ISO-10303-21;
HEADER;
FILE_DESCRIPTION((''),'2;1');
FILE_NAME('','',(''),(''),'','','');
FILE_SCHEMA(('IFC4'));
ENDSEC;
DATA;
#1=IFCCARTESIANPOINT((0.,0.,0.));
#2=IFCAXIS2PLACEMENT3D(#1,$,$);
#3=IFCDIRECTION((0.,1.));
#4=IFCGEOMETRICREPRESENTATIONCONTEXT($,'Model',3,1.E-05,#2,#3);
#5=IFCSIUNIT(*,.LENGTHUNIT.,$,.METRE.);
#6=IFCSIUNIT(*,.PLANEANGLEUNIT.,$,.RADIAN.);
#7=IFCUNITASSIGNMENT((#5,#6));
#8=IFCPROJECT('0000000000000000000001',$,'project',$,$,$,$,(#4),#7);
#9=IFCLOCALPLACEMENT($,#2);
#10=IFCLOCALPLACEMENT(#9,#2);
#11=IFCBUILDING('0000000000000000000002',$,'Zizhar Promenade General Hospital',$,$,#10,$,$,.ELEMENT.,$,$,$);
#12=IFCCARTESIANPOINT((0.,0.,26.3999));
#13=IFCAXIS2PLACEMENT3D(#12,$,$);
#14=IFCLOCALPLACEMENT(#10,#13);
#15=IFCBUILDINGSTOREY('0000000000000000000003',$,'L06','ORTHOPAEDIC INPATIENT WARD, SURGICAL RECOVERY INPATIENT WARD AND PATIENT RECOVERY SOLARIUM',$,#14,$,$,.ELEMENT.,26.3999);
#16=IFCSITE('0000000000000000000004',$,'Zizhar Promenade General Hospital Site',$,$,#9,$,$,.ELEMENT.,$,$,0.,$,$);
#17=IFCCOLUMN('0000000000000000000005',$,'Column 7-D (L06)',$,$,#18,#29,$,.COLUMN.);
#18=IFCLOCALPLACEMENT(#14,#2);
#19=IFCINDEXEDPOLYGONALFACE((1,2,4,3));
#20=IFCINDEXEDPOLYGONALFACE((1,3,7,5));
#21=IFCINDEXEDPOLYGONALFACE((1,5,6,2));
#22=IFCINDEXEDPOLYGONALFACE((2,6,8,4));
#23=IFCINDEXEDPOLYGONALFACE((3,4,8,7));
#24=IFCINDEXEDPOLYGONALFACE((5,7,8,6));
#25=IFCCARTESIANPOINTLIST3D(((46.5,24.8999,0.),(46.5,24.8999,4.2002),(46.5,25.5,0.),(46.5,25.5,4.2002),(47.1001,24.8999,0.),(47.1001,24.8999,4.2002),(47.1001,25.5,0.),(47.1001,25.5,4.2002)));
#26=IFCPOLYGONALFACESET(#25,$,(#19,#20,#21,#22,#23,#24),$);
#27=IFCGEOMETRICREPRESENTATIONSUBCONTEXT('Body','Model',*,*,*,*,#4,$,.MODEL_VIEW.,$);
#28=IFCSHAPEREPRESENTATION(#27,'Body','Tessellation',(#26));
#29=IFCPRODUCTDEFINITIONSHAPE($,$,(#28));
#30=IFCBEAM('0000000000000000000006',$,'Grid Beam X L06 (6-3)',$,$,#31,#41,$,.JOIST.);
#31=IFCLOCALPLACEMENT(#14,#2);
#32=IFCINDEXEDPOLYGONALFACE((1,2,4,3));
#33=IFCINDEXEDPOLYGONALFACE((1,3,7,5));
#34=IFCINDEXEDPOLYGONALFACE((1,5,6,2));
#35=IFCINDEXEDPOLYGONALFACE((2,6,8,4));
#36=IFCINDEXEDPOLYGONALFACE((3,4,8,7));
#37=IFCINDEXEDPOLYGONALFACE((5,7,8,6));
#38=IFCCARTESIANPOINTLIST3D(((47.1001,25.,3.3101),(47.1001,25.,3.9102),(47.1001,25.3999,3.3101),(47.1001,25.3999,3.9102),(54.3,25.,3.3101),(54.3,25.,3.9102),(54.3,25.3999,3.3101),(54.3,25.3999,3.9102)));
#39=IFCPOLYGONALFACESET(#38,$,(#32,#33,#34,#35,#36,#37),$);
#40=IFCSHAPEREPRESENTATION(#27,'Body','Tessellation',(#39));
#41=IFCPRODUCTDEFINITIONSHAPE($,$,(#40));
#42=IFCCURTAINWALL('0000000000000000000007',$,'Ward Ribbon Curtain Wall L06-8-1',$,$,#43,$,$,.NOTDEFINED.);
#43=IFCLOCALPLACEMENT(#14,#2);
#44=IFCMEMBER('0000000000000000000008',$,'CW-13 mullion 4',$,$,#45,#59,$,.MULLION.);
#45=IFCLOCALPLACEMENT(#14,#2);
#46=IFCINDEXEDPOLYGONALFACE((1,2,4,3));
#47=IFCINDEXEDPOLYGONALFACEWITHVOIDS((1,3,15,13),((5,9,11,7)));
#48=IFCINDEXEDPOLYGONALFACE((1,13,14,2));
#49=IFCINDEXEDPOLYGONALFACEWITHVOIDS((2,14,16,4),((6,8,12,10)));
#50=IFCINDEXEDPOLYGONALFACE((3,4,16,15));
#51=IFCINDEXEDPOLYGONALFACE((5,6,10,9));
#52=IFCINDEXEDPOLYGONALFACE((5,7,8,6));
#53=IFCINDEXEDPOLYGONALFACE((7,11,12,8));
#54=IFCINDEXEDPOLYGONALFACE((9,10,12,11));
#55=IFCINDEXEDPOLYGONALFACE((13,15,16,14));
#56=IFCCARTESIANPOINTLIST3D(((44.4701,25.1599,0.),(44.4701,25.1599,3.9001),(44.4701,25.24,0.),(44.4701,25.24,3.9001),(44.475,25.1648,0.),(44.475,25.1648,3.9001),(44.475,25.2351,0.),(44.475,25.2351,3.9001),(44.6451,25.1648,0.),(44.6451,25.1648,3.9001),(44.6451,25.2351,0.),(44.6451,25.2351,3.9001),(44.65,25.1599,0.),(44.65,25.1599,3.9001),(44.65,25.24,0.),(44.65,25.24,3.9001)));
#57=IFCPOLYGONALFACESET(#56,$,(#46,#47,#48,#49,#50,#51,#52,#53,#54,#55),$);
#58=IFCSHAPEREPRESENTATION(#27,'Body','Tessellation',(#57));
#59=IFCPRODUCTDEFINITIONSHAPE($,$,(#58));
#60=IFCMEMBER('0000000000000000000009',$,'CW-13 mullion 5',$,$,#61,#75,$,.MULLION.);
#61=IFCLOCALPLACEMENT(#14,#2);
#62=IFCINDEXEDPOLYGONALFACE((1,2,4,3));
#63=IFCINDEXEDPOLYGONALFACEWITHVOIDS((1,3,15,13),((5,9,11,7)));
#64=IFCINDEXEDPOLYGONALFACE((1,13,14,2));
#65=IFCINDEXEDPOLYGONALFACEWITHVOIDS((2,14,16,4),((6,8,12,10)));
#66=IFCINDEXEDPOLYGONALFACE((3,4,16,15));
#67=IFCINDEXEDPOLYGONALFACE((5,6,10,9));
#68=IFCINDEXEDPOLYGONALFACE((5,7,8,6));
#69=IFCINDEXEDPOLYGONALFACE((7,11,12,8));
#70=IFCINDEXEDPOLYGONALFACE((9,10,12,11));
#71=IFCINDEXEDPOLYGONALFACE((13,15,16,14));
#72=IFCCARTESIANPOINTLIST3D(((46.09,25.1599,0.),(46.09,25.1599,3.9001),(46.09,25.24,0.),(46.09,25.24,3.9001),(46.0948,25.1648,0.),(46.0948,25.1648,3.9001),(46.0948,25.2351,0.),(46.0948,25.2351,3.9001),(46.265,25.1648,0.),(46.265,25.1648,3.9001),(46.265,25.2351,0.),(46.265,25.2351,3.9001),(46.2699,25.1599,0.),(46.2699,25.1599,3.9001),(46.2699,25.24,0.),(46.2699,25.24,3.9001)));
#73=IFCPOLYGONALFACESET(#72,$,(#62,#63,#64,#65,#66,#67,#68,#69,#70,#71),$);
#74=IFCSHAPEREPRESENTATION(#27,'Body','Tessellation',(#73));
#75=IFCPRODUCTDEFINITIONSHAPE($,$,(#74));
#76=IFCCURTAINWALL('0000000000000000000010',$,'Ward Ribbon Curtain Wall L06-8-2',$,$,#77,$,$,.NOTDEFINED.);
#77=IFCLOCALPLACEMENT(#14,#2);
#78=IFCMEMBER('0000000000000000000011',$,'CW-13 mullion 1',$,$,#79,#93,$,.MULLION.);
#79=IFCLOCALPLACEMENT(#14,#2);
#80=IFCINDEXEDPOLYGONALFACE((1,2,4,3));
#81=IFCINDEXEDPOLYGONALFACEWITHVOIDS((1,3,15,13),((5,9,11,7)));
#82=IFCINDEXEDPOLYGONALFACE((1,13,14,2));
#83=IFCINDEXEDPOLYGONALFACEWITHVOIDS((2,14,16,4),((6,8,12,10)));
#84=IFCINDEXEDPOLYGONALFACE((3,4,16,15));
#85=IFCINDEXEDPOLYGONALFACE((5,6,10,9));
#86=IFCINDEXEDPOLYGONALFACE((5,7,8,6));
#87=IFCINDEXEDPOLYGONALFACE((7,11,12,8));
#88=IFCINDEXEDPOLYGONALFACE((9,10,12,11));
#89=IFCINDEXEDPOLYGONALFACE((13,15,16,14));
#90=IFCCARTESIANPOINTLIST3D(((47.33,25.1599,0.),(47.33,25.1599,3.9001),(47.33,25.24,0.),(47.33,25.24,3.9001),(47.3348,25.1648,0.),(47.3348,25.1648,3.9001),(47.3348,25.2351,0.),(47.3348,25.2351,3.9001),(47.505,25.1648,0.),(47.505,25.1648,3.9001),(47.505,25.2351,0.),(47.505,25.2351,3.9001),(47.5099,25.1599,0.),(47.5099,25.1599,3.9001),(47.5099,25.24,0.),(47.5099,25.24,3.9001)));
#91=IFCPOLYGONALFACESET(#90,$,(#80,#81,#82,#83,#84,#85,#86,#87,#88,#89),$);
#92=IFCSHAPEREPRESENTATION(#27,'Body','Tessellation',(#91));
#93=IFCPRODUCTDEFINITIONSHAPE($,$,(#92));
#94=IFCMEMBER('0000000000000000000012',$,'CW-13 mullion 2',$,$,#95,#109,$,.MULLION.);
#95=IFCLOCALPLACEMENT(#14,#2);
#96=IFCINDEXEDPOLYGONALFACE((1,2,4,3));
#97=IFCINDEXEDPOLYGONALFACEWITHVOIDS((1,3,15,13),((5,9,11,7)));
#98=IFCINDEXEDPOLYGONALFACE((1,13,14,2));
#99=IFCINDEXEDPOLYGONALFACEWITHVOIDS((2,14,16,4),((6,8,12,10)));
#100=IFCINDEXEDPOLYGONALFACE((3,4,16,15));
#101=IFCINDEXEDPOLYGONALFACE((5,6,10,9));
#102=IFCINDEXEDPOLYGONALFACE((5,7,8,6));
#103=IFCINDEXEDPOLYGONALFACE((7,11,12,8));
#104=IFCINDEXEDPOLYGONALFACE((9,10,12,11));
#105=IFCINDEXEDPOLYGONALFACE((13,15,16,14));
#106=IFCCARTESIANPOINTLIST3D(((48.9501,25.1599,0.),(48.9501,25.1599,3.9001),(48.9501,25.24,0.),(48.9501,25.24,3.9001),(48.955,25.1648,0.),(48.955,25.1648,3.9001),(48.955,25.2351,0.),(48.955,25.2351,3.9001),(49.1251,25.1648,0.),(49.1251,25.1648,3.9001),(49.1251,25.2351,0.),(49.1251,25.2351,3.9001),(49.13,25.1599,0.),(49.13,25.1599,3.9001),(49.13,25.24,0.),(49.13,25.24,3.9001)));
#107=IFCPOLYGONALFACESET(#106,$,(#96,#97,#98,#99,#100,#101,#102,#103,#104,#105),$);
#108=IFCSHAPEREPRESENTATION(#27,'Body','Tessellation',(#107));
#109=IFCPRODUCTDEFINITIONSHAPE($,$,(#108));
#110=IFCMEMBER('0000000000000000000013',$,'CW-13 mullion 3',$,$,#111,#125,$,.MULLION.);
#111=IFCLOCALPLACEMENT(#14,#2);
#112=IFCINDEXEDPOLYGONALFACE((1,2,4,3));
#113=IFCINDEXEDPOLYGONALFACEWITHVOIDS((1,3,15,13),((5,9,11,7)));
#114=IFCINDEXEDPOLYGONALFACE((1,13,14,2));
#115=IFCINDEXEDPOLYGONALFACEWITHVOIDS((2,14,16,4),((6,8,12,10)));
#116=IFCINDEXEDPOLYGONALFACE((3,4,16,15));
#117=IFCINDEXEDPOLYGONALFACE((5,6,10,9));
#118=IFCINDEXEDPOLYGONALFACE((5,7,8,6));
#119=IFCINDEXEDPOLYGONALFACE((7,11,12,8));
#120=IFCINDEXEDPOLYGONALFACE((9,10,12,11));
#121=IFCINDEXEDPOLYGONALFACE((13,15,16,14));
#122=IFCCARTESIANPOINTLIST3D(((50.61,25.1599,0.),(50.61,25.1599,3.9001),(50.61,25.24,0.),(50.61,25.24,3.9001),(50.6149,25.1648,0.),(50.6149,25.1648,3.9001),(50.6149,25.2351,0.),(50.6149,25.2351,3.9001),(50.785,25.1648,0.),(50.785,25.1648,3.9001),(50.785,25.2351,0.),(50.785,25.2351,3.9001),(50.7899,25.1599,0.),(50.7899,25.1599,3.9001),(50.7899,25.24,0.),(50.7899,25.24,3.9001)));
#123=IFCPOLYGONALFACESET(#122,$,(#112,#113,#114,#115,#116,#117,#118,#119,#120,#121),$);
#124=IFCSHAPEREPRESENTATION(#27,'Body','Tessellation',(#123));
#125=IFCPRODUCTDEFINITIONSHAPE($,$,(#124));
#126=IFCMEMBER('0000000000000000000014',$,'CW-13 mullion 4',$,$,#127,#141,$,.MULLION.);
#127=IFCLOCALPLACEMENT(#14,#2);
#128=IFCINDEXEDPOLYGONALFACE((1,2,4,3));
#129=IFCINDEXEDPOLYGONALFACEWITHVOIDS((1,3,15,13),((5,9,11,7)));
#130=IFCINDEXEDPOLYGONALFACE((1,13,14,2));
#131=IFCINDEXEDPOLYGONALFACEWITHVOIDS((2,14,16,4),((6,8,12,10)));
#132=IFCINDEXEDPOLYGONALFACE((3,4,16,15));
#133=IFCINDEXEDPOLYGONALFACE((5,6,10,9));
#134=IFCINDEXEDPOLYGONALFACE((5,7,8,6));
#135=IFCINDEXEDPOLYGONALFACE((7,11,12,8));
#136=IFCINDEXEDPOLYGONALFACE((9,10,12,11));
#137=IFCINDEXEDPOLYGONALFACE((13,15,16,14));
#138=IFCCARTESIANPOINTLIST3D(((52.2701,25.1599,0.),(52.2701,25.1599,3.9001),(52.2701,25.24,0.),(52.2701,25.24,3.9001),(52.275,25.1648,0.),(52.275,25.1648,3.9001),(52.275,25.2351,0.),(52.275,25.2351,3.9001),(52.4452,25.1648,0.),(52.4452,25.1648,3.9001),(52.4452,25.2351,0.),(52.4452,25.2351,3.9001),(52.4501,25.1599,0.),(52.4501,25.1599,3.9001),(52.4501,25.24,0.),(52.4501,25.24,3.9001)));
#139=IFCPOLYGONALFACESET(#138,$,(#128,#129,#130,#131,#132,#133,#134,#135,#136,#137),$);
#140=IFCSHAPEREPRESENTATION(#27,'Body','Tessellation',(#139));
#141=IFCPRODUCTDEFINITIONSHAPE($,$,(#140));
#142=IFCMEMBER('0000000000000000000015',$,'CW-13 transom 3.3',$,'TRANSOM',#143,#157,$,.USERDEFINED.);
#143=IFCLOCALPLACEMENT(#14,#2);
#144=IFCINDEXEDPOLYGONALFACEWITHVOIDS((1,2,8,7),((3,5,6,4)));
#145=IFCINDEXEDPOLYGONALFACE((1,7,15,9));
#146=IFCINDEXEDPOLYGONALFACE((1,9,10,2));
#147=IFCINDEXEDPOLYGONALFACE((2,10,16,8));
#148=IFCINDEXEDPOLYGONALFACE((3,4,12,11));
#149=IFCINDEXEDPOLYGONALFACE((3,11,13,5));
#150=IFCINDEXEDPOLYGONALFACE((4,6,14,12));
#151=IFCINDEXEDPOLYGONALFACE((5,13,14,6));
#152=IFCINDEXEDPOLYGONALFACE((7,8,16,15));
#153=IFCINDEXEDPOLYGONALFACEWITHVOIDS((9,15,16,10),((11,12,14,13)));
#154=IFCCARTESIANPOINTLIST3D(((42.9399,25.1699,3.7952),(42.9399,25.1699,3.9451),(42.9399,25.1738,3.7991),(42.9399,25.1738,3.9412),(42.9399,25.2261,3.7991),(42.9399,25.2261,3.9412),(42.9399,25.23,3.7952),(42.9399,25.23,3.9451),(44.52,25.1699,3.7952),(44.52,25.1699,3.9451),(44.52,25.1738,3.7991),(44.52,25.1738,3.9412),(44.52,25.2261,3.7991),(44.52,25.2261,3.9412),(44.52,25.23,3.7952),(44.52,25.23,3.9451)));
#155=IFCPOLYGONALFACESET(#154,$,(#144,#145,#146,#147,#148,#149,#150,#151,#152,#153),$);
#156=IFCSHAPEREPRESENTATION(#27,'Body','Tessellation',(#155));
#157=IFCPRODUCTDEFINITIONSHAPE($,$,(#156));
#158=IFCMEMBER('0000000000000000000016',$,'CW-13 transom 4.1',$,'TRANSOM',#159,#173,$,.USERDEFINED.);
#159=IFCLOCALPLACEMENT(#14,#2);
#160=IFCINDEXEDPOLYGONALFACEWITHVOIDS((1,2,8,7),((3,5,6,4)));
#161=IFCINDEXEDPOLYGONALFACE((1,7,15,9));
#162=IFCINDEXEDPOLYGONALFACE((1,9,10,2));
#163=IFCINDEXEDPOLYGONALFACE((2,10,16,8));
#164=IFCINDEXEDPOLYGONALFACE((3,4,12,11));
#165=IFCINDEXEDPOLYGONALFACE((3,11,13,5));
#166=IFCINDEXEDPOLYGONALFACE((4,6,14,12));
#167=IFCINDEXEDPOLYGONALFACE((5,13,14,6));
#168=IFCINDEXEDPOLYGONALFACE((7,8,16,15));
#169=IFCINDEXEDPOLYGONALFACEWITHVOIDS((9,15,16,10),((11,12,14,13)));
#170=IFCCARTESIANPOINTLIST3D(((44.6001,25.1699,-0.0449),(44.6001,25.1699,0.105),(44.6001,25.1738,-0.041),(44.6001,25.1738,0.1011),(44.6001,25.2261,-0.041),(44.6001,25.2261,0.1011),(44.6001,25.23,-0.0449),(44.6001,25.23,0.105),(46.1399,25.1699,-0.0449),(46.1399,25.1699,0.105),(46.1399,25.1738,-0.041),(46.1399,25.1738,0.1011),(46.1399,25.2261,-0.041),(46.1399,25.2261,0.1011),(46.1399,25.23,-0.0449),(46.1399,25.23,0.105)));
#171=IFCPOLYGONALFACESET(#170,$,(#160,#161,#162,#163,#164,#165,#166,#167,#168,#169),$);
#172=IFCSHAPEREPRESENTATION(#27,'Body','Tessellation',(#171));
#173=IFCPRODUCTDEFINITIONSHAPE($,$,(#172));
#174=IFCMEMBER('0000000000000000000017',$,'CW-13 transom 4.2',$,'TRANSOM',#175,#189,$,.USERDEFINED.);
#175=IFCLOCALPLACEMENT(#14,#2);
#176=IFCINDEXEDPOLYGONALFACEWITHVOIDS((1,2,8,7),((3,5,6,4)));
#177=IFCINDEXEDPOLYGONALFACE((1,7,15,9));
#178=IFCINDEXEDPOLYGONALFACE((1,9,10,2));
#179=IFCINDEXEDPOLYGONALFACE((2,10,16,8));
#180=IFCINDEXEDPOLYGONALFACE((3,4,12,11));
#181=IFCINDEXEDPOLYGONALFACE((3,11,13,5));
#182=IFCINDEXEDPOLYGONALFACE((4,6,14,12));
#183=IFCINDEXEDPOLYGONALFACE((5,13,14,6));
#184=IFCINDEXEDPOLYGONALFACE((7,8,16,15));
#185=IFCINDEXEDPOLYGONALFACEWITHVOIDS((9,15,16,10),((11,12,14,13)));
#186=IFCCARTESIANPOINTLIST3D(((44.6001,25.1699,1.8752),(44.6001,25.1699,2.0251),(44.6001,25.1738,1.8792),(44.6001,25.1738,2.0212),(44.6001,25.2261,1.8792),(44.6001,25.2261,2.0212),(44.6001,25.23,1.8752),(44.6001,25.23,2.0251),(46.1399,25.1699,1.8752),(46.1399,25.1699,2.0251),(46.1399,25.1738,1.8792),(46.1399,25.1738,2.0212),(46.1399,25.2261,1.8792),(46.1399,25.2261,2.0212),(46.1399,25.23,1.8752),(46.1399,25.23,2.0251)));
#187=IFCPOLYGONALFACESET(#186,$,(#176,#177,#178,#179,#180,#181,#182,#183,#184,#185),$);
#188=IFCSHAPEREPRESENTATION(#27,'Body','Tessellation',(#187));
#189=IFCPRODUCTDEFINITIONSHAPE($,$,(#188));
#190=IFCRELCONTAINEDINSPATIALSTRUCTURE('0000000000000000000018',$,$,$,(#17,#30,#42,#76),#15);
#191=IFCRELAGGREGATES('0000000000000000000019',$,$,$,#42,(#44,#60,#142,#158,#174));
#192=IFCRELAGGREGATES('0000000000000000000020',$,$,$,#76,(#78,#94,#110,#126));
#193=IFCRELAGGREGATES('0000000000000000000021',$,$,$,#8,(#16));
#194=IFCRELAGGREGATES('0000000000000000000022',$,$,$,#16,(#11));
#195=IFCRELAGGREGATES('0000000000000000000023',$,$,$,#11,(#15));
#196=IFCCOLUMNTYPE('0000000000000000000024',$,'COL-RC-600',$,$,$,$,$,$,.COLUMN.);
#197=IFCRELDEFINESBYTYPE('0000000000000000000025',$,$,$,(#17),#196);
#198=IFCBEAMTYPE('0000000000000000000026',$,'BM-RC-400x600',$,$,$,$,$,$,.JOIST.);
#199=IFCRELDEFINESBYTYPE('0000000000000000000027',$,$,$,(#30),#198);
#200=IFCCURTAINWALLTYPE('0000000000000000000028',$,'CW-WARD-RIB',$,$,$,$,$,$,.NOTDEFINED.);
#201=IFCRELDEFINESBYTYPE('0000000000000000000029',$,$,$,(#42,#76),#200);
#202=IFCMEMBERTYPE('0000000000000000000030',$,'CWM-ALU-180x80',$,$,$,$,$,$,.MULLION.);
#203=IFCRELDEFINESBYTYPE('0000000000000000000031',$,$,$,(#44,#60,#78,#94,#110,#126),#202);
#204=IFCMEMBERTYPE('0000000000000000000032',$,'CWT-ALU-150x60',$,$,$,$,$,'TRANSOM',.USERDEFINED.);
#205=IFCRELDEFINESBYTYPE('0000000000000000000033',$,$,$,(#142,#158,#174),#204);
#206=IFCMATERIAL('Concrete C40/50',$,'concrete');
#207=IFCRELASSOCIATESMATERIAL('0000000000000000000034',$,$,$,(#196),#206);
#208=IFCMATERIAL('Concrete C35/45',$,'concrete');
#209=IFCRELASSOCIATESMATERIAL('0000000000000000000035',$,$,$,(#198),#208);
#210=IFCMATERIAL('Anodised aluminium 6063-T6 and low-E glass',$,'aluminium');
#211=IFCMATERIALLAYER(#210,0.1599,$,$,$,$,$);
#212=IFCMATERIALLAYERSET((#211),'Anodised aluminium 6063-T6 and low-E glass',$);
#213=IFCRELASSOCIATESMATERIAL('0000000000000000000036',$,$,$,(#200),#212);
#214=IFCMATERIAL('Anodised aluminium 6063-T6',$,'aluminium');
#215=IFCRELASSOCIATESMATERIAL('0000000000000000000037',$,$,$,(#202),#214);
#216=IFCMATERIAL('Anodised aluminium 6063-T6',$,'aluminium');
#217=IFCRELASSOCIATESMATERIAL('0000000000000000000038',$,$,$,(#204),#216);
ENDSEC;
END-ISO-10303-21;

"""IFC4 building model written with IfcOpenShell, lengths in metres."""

from ifc_helpers import new_model, si_unit, direction, frame, origin, origin_2d, place, context, subcontext, project, spatial, rectangle, hollow_rectangle, extrude, material, layer, layer_set, material_profile, profile_set, type_object, element, aggregate, save


model = new_model("IFC4")

# Units and contexts
model_context = context("Model", 3, precision=1e-05, world=origin(), true_north=direction((0.0, 1.0)))
body_context = subcontext(model_context, "Body", "Model", "MODEL_VIEW")
ifc_project = project(units=[si_unit("LENGTHUNIT", "METRE"), si_unit("PLANEANGLEUNIT", "RADIAN")], contexts=[model_context])

# Site, building, storey
site_placement = place(None, origin())
site = spatial("IfcSite", under=ifc_project, at=site_placement, Name="Zizhar Promenade General Hospital Site", CompositionType="ELEMENT", RefElevation=0.0)
building_placement = place(site_placement, origin())
building = spatial("IfcBuilding", under=site, at=building_placement, Name="Zizhar Promenade General Hospital", CompositionType="ELEMENT")
storey_placement = place(building_placement, frame((0.0, 0.0, 26.3999)))
storey = spatial("IfcBuildingStorey", under=building, at=storey_placement, Name="L06", Description="ORTHOPAEDIC INPATIENT WARD, SURGICAL RECOVERY INPATIENT WARD AND PATIENT RECOVERY SOLARIUM", CompositionType="ELEMENT", Elevation=26.3999)

# Column
ifc_material_1 = material(Name="Concrete C40/50", Category="concrete")
ifc_material_profile_1 = material_profile(ifc_material_1, rectangle(XDim=0.6001, YDim=0.6001, at=origin_2d()))
ifc_profile_set_1 = profile_set([ifc_material_profile_1], Name="Concrete C40/50")
column_type = type_object("IfcColumnType", Name="COL-RC-600", PredefinedType="COLUMN", material=ifc_profile_set_1)
column_placement = place(storey_placement, frame((46.8, 25.2, 0.0), z_axis=(0.0, 0.0, 1.0), x_axis=(1.0, 0.0, 0.0)))
element("IfcColumn", 1, at=column_placement, inside=storey, type_object=column_type, Name="Column 7-D (L06)", PredefinedType="COLUMN", context=body_context, shape_type="SweptSolid", body=[
    extrude(rectangle(XDim=0.6001, YDim=0.6001, at=origin_2d()), origin(), (0.0, 0.0, 1.0), 4.2002),
])

# Beam
ifc_material_2 = material(Name="Concrete C35/45", Category="concrete")
ifc_material_profile_2 = material_profile(ifc_material_2, rectangle(XDim=0.3999, YDim=0.6001, at=origin_2d()))
ifc_profile_set_2 = profile_set([ifc_material_profile_2], Name="Concrete C35/45")
beam_type = type_object("IfcBeamType", Name="BM-RC-400x600", PredefinedType="JOIST", material=ifc_profile_set_2)
beam_placement = place(storey_placement, frame((47.1001, 25.2, 3.6101), z_axis=(1.0, 0.0, 0.0), x_axis=(0.0, 1.0, 0.0)))
element("IfcBeam", 2, at=beam_placement, inside=storey, type_object=beam_type, Name="Grid Beam X L06 (6-3)", PredefinedType="JOIST", context=body_context, shape_type="SweptSolid", body=[
    extrude(rectangle(XDim=0.3999, YDim=0.6001, at=origin_2d()), origin(), (0.0, 0.0, 1.0), 7.2),
])

# Curtain walls, members
ifc_material_3 = material(Name="Anodised aluminium 6063-T6 and low-E glass", Category="aluminium")
ifc_layer_1 = layer(ifc_material_3, 0.1599)
ifc_layer_set_1 = layer_set([ifc_layer_1], Name="Anodised aluminium 6063-T6 and low-E glass")
curtain_wall_type = type_object("IfcCurtainWallType", Name="CW-WARD-RIB", PredefinedType="NOTDEFINED", material=ifc_layer_set_1)
curtain_wall_1_placement = place(storey_placement, origin())
curtain_wall_1 = element("IfcCurtainWall", 3, at=curtain_wall_1_placement, inside=storey, type_object=curtain_wall_type, Name="Ward Ribbon Curtain Wall L06-8-1", PredefinedType="NOTDEFINED")
ifc_material_4 = material(Name="Anodised aluminium 6063-T6", Category="aluminium")
ifc_material_profile_3 = material_profile(ifc_material_4, hollow_rectangle(XDim=0.0801, YDim=0.1799, WallThickness=0.0049, at=origin_2d()))
ifc_profile_set_3 = profile_set([ifc_material_profile_3], Name="Anodised aluminium 6063-T6")
member_type_1 = type_object("IfcMemberType", Name="CWM-ALU-180x80", PredefinedType="MULLION", material=ifc_profile_set_3)
member_1_placement = place(storey_placement, frame((44.5601, 25.2, 0.0), z_axis=(0.0, 0.0, 1.0), x_axis=(0.0, 1.0, 0.0)))
member_1 = element("IfcMember", 4, at=member_1_placement, type_object=member_type_1, Name="CW-13 mullion 4", PredefinedType="MULLION", context=body_context, shape_type="SweptSolid", body=[
    extrude(hollow_rectangle(XDim=0.0801, YDim=0.1799, WallThickness=0.0049, at=origin_2d()), origin(), (0.0, 0.0, 1.0), 3.9001),
])
member_2_placement = place(storey_placement, frame((46.1799, 25.2, 0.0), z_axis=(0.0, 0.0, 1.0), x_axis=(0.0, 1.0, 0.0)))
member_2 = element("IfcMember", 5, at=member_2_placement, type_object=member_type_1, Name="CW-13 mullion 5", PredefinedType="MULLION", context=body_context, shape_type="SweptSolid", body=[
    extrude(hollow_rectangle(XDim=0.0801, YDim=0.1799, WallThickness=0.0049, at=origin_2d()), origin(), (0.0, 0.0, 1.0), 3.9001),
])
curtain_wall_2_placement = place(storey_placement, origin())
curtain_wall_2 = element("IfcCurtainWall", 6, at=curtain_wall_2_placement, inside=storey, type_object=curtain_wall_type, Name="Ward Ribbon Curtain Wall L06-8-2", PredefinedType="NOTDEFINED")
member_3_placement = place(storey_placement, frame((47.4199, 25.2, 0.0), z_axis=(0.0, 0.0, 1.0), x_axis=(0.0, 1.0, 0.0)))
member_3 = element("IfcMember", 7, at=member_3_placement, type_object=member_type_1, Name="CW-13 mullion 1", PredefinedType="MULLION", context=body_context, shape_type="SweptSolid", body=[
    extrude(hollow_rectangle(XDim=0.0801, YDim=0.1799, WallThickness=0.0049, at=origin_2d()), origin(), (0.0, 0.0, 1.0), 3.9001),
])
member_4_placement = place(storey_placement, frame((49.04, 25.2, 0.0), z_axis=(0.0, 0.0, 1.0), x_axis=(0.0, 1.0, 0.0)))
member_4 = element("IfcMember", 8, at=member_4_placement, type_object=member_type_1, Name="CW-13 mullion 2", PredefinedType="MULLION", context=body_context, shape_type="SweptSolid", body=[
    extrude(hollow_rectangle(XDim=0.0801, YDim=0.1799, WallThickness=0.0049, at=origin_2d()), origin(), (0.0, 0.0, 1.0), 3.9001),
])
member_5_placement = place(storey_placement, frame((50.7, 25.2, 0.0), z_axis=(0.0, 0.0, 1.0), x_axis=(0.0, 1.0, 0.0)))
member_5 = element("IfcMember", 9, at=member_5_placement, type_object=member_type_1, Name="CW-13 mullion 3", PredefinedType="MULLION", context=body_context, shape_type="SweptSolid", body=[
    extrude(hollow_rectangle(XDim=0.0801, YDim=0.1799, WallThickness=0.0049, at=origin_2d()), origin(), (0.0, 0.0, 1.0), 3.9001),
])
member_6_placement = place(storey_placement, frame((52.3601, 25.2, 0.0), z_axis=(0.0, 0.0, 1.0), x_axis=(0.0, 1.0, 0.0)))
member_6 = element("IfcMember", 10, at=member_6_placement, type_object=member_type_1, Name="CW-13 mullion 4", PredefinedType="MULLION", context=body_context, shape_type="SweptSolid", body=[
    extrude(hollow_rectangle(XDim=0.0801, YDim=0.1799, WallThickness=0.0049, at=origin_2d()), origin(), (0.0, 0.0, 1.0), 3.9001),
])

# Members
ifc_material_5 = material(Name="Anodised aluminium 6063-T6", Category="aluminium")
ifc_material_profile_4 = material_profile(ifc_material_5, hollow_rectangle(XDim=0.0601, YDim=0.1499, WallThickness=0.0039, at=origin_2d()))
ifc_profile_set_4 = profile_set([ifc_material_profile_4], Name="Anodised aluminium 6063-T6")
member_type_2 = type_object("IfcMemberType", Name="CWT-ALU-150x60", ElementType="TRANSOM", PredefinedType="USERDEFINED", material=ifc_profile_set_4)
member_7_placement = place(storey_placement, frame((42.9399, 25.2, 3.8701), z_axis=(1.0, 0.0, 0.0), x_axis=(0.0, 1.0, 0.0)))
member_7 = element("IfcMember", 11, at=member_7_placement, type_object=member_type_2, Name="CW-13 transom 3.3", ObjectType="TRANSOM", PredefinedType="USERDEFINED", context=body_context, shape_type="SweptSolid", body=[
    extrude(hollow_rectangle(XDim=0.0601, YDim=0.1499, WallThickness=0.0039, at=origin_2d()), origin(), (0.0, 0.0, 1.0), 1.5801),
])
member_8_placement = place(storey_placement, frame((44.6001, 25.2, 0.03), z_axis=(1.0, 0.0, 0.0), x_axis=(0.0, 1.0, 0.0)))
member_8 = element("IfcMember", 12, at=member_8_placement, type_object=member_type_2, Name="CW-13 transom 4.1", ObjectType="TRANSOM", PredefinedType="USERDEFINED", context=body_context, shape_type="SweptSolid", body=[
    extrude(hollow_rectangle(XDim=0.0601, YDim=0.1499, WallThickness=0.0039, at=origin_2d()), origin(), (0.0, 0.0, 1.0), 1.5398),
])
member_9_placement = place(storey_placement, frame((44.6001, 25.2, 1.9502), z_axis=(1.0, 0.0, 0.0), x_axis=(0.0, 1.0, 0.0)))
member_9 = element("IfcMember", 13, at=member_9_placement, type_object=member_type_2, Name="CW-13 transom 4.2", ObjectType="TRANSOM", PredefinedType="USERDEFINED", context=body_context, shape_type="SweptSolid", body=[
    extrude(hollow_rectangle(XDim=0.0601, YDim=0.1499, WallThickness=0.0039, at=origin_2d()), origin(), (0.0, 0.0, 1.0), 1.5398),
])

aggregate(curtain_wall_1, [member_1, member_2, member_7, member_8, member_9])
aggregate(curtain_wall_2, [member_3, member_4, member_5, member_6])

save(model, "model.ifc")
